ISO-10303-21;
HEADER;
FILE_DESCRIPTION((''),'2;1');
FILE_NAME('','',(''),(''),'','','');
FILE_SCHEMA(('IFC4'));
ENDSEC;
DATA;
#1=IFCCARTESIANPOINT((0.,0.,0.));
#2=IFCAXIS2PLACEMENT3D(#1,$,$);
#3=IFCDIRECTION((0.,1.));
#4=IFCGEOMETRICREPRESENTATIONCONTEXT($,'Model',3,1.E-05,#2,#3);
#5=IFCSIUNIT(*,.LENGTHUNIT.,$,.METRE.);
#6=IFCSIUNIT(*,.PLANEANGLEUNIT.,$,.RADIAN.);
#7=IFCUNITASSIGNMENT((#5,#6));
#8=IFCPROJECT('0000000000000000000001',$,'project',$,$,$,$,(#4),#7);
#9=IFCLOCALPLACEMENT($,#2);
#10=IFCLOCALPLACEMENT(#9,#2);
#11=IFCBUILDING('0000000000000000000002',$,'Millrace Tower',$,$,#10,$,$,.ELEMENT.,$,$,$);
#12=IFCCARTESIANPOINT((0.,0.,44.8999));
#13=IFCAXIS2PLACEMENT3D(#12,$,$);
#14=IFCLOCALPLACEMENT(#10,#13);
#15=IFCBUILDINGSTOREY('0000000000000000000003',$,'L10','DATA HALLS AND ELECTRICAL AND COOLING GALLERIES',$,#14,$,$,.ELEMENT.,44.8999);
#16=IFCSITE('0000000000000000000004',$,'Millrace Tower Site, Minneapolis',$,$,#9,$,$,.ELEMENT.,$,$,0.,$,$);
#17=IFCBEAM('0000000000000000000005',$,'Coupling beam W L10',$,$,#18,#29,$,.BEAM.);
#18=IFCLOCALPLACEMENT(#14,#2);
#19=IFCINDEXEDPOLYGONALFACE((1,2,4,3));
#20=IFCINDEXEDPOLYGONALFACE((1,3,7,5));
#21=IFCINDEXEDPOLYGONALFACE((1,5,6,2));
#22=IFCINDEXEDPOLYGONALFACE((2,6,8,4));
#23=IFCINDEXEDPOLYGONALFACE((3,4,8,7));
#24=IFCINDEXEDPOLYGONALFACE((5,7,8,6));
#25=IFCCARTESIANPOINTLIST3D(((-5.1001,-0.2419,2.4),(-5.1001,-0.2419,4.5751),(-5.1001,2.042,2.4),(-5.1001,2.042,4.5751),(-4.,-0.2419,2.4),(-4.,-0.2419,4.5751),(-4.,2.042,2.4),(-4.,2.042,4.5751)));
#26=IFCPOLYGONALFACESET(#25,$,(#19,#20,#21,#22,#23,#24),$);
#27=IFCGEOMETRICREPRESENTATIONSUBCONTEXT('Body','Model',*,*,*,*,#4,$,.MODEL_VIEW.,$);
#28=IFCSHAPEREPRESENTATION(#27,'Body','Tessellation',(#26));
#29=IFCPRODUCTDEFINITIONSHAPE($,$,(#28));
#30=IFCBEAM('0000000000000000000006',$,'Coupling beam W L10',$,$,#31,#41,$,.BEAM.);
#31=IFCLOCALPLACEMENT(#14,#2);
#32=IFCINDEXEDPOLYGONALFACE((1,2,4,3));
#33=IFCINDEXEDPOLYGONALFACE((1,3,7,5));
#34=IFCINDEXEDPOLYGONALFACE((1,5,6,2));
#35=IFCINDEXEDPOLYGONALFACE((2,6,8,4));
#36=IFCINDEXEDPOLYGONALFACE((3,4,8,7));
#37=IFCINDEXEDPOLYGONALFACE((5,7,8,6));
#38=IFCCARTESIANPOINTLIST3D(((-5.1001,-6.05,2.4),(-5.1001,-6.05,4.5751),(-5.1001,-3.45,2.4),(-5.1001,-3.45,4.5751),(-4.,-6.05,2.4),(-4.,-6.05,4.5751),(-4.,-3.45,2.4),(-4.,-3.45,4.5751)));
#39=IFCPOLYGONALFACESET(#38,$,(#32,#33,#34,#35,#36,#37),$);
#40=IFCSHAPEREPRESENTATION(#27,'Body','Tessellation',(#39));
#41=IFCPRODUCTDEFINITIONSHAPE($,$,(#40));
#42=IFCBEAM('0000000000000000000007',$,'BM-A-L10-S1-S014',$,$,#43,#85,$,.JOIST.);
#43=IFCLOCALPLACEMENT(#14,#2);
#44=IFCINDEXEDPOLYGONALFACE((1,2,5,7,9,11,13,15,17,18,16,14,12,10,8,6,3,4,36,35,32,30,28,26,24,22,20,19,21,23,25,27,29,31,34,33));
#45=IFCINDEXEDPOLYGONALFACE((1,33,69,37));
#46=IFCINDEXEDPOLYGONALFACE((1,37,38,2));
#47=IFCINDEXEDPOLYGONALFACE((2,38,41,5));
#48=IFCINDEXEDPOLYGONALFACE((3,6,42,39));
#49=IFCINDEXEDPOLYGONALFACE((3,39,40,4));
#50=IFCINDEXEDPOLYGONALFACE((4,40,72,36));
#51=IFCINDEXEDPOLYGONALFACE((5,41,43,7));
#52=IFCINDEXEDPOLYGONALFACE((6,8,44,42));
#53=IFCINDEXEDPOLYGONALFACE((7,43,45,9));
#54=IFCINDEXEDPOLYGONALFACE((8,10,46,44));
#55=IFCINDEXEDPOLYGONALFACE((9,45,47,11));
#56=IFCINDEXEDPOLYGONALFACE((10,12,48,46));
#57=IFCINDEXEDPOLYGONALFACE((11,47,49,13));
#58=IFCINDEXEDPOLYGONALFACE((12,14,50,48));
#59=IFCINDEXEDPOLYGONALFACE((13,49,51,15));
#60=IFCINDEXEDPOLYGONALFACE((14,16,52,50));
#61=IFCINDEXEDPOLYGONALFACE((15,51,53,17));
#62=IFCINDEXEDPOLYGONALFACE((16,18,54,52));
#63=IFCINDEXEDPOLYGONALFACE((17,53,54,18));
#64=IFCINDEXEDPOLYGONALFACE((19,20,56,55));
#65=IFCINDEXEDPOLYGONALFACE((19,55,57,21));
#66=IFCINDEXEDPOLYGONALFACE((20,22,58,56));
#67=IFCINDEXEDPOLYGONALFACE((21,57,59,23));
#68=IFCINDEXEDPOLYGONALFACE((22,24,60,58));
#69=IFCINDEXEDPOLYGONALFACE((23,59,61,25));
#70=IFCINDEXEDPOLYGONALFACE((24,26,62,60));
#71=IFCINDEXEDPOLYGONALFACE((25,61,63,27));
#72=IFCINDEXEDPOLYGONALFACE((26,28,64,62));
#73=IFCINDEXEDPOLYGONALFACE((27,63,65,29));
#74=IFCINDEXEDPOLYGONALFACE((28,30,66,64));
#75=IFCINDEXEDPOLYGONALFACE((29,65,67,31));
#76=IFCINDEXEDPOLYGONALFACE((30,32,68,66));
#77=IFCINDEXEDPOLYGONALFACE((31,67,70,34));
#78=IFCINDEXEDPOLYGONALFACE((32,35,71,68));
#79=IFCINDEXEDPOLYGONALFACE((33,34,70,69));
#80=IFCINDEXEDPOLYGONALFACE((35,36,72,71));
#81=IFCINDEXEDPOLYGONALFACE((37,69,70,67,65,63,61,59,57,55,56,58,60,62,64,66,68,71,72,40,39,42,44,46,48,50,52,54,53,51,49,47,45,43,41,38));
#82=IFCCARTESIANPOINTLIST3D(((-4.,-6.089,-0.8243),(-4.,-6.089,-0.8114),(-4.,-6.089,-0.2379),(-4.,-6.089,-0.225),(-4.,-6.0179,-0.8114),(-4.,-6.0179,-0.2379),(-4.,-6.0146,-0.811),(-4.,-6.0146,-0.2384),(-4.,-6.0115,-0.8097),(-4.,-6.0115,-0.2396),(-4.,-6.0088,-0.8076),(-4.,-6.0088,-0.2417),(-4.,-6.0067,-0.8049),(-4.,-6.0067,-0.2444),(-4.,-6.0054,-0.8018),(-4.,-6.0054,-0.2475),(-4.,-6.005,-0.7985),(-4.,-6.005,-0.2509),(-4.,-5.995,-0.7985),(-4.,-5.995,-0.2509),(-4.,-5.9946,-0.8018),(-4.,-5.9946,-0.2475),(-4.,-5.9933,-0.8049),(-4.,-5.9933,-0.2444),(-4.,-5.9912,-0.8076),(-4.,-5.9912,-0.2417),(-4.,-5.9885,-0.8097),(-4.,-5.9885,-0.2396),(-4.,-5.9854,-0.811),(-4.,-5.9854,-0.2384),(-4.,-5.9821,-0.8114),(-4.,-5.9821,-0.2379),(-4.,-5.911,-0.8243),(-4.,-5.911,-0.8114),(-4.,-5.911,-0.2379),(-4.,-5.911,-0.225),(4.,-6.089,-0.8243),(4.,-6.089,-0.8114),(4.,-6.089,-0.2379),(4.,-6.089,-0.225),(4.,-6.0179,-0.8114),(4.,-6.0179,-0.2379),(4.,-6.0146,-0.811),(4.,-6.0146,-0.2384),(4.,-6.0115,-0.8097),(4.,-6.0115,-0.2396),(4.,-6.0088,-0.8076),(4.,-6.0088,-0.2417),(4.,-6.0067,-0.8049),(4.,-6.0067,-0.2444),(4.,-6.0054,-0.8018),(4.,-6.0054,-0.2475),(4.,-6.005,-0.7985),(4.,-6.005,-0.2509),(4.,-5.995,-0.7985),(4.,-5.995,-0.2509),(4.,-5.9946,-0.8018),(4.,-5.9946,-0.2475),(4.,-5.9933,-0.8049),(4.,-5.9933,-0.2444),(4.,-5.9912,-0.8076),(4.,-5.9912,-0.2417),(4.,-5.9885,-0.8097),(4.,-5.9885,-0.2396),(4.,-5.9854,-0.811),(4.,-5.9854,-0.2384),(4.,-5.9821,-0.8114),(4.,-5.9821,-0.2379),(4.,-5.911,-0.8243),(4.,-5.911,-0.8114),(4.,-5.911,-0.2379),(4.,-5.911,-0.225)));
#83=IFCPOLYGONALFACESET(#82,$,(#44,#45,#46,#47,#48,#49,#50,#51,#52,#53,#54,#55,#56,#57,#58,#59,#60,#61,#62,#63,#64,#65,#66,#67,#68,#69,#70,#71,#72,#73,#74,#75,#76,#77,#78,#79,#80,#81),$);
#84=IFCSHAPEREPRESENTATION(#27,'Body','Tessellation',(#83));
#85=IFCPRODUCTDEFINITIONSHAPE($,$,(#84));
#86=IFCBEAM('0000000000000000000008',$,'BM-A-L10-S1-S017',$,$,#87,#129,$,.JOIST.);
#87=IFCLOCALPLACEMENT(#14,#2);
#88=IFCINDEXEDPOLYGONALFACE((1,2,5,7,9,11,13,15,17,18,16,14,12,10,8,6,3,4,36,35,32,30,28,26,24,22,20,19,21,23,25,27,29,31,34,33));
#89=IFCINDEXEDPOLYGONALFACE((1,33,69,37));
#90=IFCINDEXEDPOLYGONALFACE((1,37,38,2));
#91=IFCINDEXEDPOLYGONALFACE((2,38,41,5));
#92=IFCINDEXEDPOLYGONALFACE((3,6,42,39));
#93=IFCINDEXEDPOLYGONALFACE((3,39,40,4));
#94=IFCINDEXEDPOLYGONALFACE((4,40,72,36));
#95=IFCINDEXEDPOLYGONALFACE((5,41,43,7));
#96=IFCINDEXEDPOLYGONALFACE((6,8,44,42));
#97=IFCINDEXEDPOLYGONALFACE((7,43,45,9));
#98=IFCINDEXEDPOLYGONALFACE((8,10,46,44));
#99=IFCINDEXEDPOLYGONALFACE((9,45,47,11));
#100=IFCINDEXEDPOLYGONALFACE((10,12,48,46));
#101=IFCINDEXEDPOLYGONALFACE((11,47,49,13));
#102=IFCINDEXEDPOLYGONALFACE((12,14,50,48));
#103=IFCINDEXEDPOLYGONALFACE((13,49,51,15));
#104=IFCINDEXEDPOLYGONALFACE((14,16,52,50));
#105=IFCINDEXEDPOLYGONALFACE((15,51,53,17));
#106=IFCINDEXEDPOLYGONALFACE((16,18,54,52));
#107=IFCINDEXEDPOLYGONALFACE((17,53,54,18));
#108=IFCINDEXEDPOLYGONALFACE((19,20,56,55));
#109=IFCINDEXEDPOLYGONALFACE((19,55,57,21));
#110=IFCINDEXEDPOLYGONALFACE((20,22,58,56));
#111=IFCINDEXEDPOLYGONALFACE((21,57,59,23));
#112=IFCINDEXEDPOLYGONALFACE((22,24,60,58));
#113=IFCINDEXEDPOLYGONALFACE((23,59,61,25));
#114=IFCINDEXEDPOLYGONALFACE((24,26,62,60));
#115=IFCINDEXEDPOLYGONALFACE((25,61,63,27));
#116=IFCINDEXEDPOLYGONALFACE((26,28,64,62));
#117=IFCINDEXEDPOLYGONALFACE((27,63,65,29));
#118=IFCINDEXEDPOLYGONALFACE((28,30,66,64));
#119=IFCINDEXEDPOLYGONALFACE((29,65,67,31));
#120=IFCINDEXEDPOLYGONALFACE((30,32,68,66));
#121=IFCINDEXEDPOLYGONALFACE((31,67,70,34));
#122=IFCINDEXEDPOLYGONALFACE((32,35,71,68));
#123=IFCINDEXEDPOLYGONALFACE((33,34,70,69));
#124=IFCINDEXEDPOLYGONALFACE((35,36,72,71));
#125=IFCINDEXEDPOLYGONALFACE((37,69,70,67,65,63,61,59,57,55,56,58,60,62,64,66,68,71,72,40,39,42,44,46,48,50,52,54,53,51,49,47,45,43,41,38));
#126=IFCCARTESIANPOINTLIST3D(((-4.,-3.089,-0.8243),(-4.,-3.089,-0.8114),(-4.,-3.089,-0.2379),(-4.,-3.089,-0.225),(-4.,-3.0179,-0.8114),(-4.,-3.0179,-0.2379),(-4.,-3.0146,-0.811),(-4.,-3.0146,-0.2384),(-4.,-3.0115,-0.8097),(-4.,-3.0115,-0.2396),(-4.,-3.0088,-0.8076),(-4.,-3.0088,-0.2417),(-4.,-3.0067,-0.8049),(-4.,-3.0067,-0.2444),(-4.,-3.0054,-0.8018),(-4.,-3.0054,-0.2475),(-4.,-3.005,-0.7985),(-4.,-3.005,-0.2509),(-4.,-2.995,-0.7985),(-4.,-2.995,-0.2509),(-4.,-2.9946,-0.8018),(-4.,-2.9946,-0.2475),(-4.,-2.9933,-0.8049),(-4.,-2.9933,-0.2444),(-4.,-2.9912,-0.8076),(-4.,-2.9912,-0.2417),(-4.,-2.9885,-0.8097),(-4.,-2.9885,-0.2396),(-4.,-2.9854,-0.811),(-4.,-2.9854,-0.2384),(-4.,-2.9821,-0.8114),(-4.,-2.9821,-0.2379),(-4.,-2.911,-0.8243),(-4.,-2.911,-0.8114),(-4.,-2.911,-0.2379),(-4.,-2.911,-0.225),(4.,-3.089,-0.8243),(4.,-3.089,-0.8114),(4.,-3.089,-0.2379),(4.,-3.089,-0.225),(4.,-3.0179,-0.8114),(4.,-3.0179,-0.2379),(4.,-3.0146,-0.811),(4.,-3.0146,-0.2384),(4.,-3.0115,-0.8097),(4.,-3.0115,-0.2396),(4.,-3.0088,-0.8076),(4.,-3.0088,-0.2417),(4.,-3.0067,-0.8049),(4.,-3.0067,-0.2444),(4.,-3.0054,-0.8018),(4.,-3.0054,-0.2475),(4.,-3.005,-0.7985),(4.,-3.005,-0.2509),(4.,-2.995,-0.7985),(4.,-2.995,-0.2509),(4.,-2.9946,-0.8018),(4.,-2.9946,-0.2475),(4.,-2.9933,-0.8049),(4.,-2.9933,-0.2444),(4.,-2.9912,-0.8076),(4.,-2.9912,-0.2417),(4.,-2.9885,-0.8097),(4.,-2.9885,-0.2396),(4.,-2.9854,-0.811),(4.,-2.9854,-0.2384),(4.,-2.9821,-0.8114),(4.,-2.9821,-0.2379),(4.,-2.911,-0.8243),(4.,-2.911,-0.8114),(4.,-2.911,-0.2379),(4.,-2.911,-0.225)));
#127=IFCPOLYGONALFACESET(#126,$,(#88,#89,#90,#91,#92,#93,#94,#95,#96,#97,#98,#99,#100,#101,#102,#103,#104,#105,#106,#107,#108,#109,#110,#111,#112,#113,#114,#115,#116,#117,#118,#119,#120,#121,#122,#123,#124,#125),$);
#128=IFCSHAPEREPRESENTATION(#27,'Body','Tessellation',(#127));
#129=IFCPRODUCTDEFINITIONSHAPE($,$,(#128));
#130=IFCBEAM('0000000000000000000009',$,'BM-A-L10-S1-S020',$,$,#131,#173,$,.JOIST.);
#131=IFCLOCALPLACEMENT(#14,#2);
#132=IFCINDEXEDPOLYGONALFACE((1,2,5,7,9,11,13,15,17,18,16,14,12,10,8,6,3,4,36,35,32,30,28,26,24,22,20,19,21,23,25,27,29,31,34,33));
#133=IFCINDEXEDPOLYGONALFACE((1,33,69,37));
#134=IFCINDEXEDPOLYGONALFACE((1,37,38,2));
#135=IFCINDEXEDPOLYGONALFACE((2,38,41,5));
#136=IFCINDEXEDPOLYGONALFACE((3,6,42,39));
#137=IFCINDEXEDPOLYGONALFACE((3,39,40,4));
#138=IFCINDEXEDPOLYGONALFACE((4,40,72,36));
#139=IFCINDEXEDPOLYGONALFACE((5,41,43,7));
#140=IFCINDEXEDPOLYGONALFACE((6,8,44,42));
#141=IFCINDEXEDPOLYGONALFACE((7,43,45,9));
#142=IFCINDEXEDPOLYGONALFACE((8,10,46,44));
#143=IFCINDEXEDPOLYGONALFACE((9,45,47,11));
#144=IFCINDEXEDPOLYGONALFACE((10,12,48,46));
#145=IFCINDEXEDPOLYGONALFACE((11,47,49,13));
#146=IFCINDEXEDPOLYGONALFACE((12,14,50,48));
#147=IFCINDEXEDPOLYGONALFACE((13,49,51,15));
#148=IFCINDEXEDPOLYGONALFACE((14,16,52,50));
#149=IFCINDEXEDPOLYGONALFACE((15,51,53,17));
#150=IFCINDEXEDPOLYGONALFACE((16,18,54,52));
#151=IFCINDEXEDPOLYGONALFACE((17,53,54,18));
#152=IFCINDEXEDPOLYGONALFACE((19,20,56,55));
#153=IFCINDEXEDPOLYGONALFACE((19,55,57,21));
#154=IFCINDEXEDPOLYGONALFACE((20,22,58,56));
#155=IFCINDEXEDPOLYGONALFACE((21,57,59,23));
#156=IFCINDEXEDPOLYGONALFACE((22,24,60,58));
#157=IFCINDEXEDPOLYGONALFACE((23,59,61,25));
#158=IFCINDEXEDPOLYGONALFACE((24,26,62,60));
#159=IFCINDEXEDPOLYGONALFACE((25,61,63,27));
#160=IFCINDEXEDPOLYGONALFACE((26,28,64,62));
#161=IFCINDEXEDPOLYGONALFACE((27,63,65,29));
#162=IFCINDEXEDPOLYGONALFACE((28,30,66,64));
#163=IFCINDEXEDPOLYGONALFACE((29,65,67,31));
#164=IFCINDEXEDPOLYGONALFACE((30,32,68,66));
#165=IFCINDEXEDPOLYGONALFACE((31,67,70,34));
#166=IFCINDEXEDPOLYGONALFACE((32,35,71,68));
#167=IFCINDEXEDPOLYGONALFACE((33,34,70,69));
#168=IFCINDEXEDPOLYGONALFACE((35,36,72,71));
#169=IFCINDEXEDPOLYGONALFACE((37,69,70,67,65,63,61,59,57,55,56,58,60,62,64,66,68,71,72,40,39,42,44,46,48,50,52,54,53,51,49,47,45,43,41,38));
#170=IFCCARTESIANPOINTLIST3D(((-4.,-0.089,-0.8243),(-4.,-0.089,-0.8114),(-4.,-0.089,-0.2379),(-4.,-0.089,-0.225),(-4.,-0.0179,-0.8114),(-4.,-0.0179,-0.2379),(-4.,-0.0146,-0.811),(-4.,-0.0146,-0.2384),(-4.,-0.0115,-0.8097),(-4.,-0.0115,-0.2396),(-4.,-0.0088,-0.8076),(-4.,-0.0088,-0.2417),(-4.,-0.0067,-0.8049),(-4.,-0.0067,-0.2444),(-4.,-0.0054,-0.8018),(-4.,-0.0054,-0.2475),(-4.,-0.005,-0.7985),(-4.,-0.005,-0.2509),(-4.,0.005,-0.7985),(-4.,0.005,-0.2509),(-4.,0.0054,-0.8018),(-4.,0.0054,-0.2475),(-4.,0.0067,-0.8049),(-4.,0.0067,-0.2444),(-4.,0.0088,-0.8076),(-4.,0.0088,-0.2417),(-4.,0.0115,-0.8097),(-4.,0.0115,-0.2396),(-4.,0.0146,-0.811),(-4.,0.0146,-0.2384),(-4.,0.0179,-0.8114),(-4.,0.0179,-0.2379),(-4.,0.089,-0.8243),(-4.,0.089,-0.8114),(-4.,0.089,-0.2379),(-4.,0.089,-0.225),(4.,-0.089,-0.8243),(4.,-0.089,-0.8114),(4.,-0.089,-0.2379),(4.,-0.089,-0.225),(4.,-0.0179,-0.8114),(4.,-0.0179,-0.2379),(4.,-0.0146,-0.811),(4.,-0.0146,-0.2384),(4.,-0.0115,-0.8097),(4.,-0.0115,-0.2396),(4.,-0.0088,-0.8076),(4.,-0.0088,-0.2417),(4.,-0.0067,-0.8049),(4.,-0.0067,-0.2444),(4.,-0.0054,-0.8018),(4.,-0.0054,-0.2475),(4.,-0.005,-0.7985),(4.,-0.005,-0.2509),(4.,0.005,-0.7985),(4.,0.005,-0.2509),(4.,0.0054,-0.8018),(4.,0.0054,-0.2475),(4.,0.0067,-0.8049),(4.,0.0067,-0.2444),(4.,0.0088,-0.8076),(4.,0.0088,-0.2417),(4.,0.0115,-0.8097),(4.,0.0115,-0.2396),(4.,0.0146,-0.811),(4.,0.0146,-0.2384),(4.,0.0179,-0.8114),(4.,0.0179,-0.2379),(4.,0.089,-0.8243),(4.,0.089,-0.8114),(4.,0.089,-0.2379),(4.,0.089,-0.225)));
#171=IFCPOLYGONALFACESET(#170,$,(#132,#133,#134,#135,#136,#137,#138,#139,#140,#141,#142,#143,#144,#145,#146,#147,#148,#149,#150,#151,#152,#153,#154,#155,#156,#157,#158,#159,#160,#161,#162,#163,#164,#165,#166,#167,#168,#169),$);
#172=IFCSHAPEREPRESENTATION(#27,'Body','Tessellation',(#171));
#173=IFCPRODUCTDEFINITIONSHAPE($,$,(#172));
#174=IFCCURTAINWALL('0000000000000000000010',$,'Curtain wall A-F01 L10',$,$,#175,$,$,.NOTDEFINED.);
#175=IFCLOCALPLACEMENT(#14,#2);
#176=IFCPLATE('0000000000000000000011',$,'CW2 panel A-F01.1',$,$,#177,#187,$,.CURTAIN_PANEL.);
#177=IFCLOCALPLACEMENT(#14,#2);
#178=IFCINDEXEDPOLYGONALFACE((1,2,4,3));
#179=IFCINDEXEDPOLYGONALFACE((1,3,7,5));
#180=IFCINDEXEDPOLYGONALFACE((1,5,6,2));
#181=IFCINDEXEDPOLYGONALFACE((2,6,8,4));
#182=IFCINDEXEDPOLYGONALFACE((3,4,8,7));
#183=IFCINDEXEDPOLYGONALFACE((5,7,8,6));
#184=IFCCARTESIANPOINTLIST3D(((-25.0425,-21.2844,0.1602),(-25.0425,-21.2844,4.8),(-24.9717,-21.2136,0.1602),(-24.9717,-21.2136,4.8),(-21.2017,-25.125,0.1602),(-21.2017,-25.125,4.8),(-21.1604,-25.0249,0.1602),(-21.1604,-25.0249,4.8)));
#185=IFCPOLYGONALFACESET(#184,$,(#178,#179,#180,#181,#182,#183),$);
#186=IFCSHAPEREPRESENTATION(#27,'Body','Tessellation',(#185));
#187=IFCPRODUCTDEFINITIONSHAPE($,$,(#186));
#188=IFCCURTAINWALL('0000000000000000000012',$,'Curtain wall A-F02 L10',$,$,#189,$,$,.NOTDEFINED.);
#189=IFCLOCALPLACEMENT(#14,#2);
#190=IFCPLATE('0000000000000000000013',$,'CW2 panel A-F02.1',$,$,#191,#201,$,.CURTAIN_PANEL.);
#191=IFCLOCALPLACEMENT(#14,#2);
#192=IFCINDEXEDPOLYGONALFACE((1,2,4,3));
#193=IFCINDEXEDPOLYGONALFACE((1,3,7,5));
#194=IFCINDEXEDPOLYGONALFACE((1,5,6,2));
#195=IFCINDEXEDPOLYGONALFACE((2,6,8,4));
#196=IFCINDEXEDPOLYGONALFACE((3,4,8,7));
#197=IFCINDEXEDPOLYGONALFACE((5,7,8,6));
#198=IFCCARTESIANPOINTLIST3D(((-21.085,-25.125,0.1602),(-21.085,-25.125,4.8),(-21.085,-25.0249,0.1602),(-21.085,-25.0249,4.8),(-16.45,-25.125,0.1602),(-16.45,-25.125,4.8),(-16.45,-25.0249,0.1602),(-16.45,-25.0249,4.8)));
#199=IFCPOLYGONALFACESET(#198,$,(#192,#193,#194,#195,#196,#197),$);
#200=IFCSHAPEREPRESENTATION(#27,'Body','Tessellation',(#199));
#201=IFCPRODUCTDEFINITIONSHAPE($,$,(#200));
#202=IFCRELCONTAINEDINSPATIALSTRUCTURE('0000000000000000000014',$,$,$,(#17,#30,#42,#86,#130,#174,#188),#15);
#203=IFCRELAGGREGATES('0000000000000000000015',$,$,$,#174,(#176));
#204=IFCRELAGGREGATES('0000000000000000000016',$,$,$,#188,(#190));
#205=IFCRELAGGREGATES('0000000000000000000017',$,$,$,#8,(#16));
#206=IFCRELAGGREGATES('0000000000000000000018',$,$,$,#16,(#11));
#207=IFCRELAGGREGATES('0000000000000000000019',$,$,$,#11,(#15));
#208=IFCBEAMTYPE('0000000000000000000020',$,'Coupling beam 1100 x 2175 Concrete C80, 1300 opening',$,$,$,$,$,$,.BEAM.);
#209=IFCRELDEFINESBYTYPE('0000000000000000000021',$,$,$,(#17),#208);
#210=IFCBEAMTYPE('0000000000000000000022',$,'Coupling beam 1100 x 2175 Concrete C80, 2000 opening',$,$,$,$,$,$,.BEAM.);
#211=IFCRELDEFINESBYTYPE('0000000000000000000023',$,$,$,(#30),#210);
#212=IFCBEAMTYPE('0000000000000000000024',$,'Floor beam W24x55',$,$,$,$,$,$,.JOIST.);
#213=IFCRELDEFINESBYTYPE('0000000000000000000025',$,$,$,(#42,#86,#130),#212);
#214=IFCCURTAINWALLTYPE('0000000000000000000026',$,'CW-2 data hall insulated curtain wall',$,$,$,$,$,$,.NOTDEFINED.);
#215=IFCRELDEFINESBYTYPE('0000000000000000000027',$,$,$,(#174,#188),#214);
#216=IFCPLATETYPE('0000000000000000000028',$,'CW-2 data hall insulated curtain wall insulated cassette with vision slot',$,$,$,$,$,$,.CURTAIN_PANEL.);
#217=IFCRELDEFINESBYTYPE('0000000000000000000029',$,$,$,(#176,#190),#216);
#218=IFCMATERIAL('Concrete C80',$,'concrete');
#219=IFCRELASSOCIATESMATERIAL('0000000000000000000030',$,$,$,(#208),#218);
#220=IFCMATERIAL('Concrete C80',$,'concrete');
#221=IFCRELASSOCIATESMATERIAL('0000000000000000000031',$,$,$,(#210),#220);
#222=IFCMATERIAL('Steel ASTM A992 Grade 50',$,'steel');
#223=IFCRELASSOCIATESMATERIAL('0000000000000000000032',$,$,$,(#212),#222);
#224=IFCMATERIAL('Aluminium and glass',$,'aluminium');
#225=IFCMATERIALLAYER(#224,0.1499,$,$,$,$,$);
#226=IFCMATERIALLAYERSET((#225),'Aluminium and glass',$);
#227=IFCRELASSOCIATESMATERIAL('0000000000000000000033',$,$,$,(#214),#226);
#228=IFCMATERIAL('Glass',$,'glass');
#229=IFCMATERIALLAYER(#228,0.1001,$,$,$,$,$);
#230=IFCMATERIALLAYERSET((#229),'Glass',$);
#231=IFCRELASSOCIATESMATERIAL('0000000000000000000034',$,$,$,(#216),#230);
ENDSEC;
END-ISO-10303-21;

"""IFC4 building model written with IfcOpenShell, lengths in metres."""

from ifc_helpers import new_model, si_unit, direction, frame, origin, origin_2d, place, context, subcontext, project, spatial, polyline, rectangle, i_section, outline, extrude, material, layer, layer_set, material_profile, profile_set, type_object, element, aggregate, save


model = new_model("IFC4")

# Units and contexts
model_context = context("Model", 3, precision=1e-05, world=origin(), true_north=direction((0.0, 1.0)))
body_context = subcontext(model_context, "Body", "Model", "MODEL_VIEW")
ifc_project = project(units=[si_unit("LENGTHUNIT", "METRE"), si_unit("PLANEANGLEUNIT", "RADIAN")], contexts=[model_context])

# Site, building, storey
site_placement = place(None, origin())
site = spatial("IfcSite", under=ifc_project, at=site_placement, Name="Millrace Tower Site, Minneapolis", CompositionType="ELEMENT", RefElevation=0.0)
building_placement = place(site_placement, origin())
building = spatial("IfcBuilding", under=site, at=building_placement, Name="Millrace Tower", CompositionType="ELEMENT")
storey_placement = place(building_placement, frame((0.0, 0.0, 44.8999)))
storey = spatial("IfcBuildingStorey", under=building, at=storey_placement, Name="L10", Description="DATA HALLS AND ELECTRICAL AND COOLING GALLERIES", CompositionType="ELEMENT", Elevation=44.8999)

# Beams
ifc_material_1 = material(Name="Concrete C80", Category="concrete")
ifc_material_profile_1 = material_profile(ifc_material_1, rectangle(XDim=1.1001, YDim=2.175, at=origin_2d()))
ifc_profile_set_1 = profile_set([ifc_material_profile_1], Name="Concrete C80")
beam_type_1 = type_object("IfcBeamType", Name="Coupling beam 1100 x 2175 Concrete C80, 1300 opening", PredefinedType="BEAM", material=ifc_profile_set_1)
beam_1_placement = place(storey_placement, frame((-4.55, -0.2419, 3.4875), z_axis=(0.0, 1.0, 0.0), x_axis=(-1.0, 0.0, 0.0)))
element("IfcBeam", 1, at=beam_1_placement, inside=storey, type_object=beam_type_1, Name="Coupling beam W L10", PredefinedType="BEAM", context=body_context, shape_type="SweptSolid", body=[
    extrude(rectangle(XDim=1.1001, YDim=2.175, at=origin_2d()), origin(), (0.0, 0.0, 1.0), 2.2839),
])
ifc_material_2 = material(Name="Concrete C80", Category="concrete")
ifc_material_profile_2 = material_profile(ifc_material_2, rectangle(XDim=1.1001, YDim=2.175, at=origin_2d()))
ifc_profile_set_2 = profile_set([ifc_material_profile_2], Name="Concrete C80")
beam_type_2 = type_object("IfcBeamType", Name="Coupling beam 1100 x 2175 Concrete C80, 2000 opening", PredefinedType="BEAM", material=ifc_profile_set_2)
beam_2_placement = place(storey_placement, frame((-4.55, -6.05, 3.4875), z_axis=(0.0, 1.0, 0.0), x_axis=(-1.0, 0.0, 0.0)))
element("IfcBeam", 2, at=beam_2_placement, inside=storey, type_object=beam_type_2, Name="Coupling beam W L10", PredefinedType="BEAM", context=body_context, shape_type="SweptSolid", body=[
    extrude(rectangle(XDim=1.1001, YDim=2.175, at=origin_2d()), origin(), (0.0, 0.0, 1.0), 2.6001),
])
ifc_material_3 = material(Name="Steel ASTM A992 Grade 50", Category="steel")
ifc_material_profile_3 = material_profile(ifc_material_3, i_section(OverallWidth=0.178, OverallDepth=0.5994, WebThickness=0.01, FlangeThickness=0.0129, FilletRadius=0.0129, at=origin_2d()))
ifc_profile_set_3 = profile_set([ifc_material_profile_3], Name="Steel ASTM A992 Grade 50")
beam_type_3 = type_object("IfcBeamType", Name="Floor beam W24x55", PredefinedType="JOIST", material=ifc_profile_set_3)
for number, where, z_axis, x_axis, name in (
    (3, (-4.0, -6.0, -0.5247), (1.0, 0.0, 0.0), (0.0, 1.0, 0.0), "BM-A-L10-S1-S014"),
    (4, (-4.0, -3.0, -0.5247), (1.0, 0.0, 0.0), (0.0, 1.0, 0.0), "BM-A-L10-S1-S017"),
    (5, (-4.0, 0.0, -0.5247), (1.0, 0.0, 0.0), (0.0, 1.0, 0.0), "BM-A-L10-S1-S020"),
):
    element("IfcBeam", number, at=place(storey_placement, frame(where, z_axis=z_axis, x_axis=x_axis)), inside=storey, type_object=beam_type_3, Name=name, PredefinedType="JOIST", context=body_context, shape_type="SweptSolid", body=[
        extrude(i_section(OverallWidth=0.178, OverallDepth=0.5994, WebThickness=0.01, FlangeThickness=0.0129, FilletRadius=0.0129, at=origin_2d()), origin(), (0.0, 0.0, 1.0), 8.0),
    ])

# Curtain wall, plate
ifc_material_4 = material(Name="Aluminium and glass", Category="aluminium")
ifc_layer_1 = layer(ifc_material_4, 0.1499)
ifc_layer_set_1 = layer_set([ifc_layer_1], Name="Aluminium and glass")
curtain_wall_type = type_object("IfcCurtainWallType", Name="CW-2 data hall insulated curtain wall", PredefinedType="NOTDEFINED", material=ifc_layer_set_1)
placement_1 = place(storey_placement, origin())
curtain_wall_1 = element("IfcCurtainWall", 6, at=placement_1, inside=storey, type_object=curtain_wall_type, Name="Curtain wall A-F01 L10", PredefinedType="NOTDEFINED")
ifc_material_5 = material(Name="Glass", Category="glass")
ifc_layer_2 = layer(ifc_material_5, 0.1001)
ifc_layer_set_2 = layer_set([ifc_layer_2], Name="Glass")
plate_type = type_object("IfcPlateType", Name="CW-2 data hall insulated curtain wall insulated cassette with vision slot", PredefinedType="CURTAIN_PANEL", material=ifc_layer_set_2)
placement_2 = place(storey_placement, frame((0.0, 0.0, 0.1602)))
plate_1 = element("IfcPlate", 7, at=placement_2, type_object=plate_type, Name="CW2 panel A-F01.1", PredefinedType="CURTAIN_PANEL", context=body_context, shape_type="SweptSolid", body=[
    extrude(outline(polyline([(-25.0425, -21.2844), (-21.2017, -25.125), (-21.1604, -25.0249), (-24.9717, -21.2136), (-25.0425, -21.2844)])), origin(), (0.0, 0.0, 1.0), 4.6399),
])
aggregate(curtain_wall_1, [plate_1])

# Curtain wall, plate
curtain_wall_2 = element("IfcCurtainWall", 8, at=placement_1, inside=storey, type_object=curtain_wall_type, Name="Curtain wall A-F02 L10", PredefinedType="NOTDEFINED")
plate_2 = element("IfcPlate", 9, at=placement_2, type_object=plate_type, Name="CW2 panel A-F02.1", PredefinedType="CURTAIN_PANEL", context=body_context, shape_type="SweptSolid", body=[
    extrude(outline(polyline([(-21.085, -25.125), (-16.45, -25.125), (-16.45, -25.0249), (-21.085, -25.0249), (-21.085, -25.125)])), origin(), (0.0, 0.0, 1.0), 4.6399),
])
aggregate(curtain_wall_2, [plate_2])

save(model, "model.ifc")
